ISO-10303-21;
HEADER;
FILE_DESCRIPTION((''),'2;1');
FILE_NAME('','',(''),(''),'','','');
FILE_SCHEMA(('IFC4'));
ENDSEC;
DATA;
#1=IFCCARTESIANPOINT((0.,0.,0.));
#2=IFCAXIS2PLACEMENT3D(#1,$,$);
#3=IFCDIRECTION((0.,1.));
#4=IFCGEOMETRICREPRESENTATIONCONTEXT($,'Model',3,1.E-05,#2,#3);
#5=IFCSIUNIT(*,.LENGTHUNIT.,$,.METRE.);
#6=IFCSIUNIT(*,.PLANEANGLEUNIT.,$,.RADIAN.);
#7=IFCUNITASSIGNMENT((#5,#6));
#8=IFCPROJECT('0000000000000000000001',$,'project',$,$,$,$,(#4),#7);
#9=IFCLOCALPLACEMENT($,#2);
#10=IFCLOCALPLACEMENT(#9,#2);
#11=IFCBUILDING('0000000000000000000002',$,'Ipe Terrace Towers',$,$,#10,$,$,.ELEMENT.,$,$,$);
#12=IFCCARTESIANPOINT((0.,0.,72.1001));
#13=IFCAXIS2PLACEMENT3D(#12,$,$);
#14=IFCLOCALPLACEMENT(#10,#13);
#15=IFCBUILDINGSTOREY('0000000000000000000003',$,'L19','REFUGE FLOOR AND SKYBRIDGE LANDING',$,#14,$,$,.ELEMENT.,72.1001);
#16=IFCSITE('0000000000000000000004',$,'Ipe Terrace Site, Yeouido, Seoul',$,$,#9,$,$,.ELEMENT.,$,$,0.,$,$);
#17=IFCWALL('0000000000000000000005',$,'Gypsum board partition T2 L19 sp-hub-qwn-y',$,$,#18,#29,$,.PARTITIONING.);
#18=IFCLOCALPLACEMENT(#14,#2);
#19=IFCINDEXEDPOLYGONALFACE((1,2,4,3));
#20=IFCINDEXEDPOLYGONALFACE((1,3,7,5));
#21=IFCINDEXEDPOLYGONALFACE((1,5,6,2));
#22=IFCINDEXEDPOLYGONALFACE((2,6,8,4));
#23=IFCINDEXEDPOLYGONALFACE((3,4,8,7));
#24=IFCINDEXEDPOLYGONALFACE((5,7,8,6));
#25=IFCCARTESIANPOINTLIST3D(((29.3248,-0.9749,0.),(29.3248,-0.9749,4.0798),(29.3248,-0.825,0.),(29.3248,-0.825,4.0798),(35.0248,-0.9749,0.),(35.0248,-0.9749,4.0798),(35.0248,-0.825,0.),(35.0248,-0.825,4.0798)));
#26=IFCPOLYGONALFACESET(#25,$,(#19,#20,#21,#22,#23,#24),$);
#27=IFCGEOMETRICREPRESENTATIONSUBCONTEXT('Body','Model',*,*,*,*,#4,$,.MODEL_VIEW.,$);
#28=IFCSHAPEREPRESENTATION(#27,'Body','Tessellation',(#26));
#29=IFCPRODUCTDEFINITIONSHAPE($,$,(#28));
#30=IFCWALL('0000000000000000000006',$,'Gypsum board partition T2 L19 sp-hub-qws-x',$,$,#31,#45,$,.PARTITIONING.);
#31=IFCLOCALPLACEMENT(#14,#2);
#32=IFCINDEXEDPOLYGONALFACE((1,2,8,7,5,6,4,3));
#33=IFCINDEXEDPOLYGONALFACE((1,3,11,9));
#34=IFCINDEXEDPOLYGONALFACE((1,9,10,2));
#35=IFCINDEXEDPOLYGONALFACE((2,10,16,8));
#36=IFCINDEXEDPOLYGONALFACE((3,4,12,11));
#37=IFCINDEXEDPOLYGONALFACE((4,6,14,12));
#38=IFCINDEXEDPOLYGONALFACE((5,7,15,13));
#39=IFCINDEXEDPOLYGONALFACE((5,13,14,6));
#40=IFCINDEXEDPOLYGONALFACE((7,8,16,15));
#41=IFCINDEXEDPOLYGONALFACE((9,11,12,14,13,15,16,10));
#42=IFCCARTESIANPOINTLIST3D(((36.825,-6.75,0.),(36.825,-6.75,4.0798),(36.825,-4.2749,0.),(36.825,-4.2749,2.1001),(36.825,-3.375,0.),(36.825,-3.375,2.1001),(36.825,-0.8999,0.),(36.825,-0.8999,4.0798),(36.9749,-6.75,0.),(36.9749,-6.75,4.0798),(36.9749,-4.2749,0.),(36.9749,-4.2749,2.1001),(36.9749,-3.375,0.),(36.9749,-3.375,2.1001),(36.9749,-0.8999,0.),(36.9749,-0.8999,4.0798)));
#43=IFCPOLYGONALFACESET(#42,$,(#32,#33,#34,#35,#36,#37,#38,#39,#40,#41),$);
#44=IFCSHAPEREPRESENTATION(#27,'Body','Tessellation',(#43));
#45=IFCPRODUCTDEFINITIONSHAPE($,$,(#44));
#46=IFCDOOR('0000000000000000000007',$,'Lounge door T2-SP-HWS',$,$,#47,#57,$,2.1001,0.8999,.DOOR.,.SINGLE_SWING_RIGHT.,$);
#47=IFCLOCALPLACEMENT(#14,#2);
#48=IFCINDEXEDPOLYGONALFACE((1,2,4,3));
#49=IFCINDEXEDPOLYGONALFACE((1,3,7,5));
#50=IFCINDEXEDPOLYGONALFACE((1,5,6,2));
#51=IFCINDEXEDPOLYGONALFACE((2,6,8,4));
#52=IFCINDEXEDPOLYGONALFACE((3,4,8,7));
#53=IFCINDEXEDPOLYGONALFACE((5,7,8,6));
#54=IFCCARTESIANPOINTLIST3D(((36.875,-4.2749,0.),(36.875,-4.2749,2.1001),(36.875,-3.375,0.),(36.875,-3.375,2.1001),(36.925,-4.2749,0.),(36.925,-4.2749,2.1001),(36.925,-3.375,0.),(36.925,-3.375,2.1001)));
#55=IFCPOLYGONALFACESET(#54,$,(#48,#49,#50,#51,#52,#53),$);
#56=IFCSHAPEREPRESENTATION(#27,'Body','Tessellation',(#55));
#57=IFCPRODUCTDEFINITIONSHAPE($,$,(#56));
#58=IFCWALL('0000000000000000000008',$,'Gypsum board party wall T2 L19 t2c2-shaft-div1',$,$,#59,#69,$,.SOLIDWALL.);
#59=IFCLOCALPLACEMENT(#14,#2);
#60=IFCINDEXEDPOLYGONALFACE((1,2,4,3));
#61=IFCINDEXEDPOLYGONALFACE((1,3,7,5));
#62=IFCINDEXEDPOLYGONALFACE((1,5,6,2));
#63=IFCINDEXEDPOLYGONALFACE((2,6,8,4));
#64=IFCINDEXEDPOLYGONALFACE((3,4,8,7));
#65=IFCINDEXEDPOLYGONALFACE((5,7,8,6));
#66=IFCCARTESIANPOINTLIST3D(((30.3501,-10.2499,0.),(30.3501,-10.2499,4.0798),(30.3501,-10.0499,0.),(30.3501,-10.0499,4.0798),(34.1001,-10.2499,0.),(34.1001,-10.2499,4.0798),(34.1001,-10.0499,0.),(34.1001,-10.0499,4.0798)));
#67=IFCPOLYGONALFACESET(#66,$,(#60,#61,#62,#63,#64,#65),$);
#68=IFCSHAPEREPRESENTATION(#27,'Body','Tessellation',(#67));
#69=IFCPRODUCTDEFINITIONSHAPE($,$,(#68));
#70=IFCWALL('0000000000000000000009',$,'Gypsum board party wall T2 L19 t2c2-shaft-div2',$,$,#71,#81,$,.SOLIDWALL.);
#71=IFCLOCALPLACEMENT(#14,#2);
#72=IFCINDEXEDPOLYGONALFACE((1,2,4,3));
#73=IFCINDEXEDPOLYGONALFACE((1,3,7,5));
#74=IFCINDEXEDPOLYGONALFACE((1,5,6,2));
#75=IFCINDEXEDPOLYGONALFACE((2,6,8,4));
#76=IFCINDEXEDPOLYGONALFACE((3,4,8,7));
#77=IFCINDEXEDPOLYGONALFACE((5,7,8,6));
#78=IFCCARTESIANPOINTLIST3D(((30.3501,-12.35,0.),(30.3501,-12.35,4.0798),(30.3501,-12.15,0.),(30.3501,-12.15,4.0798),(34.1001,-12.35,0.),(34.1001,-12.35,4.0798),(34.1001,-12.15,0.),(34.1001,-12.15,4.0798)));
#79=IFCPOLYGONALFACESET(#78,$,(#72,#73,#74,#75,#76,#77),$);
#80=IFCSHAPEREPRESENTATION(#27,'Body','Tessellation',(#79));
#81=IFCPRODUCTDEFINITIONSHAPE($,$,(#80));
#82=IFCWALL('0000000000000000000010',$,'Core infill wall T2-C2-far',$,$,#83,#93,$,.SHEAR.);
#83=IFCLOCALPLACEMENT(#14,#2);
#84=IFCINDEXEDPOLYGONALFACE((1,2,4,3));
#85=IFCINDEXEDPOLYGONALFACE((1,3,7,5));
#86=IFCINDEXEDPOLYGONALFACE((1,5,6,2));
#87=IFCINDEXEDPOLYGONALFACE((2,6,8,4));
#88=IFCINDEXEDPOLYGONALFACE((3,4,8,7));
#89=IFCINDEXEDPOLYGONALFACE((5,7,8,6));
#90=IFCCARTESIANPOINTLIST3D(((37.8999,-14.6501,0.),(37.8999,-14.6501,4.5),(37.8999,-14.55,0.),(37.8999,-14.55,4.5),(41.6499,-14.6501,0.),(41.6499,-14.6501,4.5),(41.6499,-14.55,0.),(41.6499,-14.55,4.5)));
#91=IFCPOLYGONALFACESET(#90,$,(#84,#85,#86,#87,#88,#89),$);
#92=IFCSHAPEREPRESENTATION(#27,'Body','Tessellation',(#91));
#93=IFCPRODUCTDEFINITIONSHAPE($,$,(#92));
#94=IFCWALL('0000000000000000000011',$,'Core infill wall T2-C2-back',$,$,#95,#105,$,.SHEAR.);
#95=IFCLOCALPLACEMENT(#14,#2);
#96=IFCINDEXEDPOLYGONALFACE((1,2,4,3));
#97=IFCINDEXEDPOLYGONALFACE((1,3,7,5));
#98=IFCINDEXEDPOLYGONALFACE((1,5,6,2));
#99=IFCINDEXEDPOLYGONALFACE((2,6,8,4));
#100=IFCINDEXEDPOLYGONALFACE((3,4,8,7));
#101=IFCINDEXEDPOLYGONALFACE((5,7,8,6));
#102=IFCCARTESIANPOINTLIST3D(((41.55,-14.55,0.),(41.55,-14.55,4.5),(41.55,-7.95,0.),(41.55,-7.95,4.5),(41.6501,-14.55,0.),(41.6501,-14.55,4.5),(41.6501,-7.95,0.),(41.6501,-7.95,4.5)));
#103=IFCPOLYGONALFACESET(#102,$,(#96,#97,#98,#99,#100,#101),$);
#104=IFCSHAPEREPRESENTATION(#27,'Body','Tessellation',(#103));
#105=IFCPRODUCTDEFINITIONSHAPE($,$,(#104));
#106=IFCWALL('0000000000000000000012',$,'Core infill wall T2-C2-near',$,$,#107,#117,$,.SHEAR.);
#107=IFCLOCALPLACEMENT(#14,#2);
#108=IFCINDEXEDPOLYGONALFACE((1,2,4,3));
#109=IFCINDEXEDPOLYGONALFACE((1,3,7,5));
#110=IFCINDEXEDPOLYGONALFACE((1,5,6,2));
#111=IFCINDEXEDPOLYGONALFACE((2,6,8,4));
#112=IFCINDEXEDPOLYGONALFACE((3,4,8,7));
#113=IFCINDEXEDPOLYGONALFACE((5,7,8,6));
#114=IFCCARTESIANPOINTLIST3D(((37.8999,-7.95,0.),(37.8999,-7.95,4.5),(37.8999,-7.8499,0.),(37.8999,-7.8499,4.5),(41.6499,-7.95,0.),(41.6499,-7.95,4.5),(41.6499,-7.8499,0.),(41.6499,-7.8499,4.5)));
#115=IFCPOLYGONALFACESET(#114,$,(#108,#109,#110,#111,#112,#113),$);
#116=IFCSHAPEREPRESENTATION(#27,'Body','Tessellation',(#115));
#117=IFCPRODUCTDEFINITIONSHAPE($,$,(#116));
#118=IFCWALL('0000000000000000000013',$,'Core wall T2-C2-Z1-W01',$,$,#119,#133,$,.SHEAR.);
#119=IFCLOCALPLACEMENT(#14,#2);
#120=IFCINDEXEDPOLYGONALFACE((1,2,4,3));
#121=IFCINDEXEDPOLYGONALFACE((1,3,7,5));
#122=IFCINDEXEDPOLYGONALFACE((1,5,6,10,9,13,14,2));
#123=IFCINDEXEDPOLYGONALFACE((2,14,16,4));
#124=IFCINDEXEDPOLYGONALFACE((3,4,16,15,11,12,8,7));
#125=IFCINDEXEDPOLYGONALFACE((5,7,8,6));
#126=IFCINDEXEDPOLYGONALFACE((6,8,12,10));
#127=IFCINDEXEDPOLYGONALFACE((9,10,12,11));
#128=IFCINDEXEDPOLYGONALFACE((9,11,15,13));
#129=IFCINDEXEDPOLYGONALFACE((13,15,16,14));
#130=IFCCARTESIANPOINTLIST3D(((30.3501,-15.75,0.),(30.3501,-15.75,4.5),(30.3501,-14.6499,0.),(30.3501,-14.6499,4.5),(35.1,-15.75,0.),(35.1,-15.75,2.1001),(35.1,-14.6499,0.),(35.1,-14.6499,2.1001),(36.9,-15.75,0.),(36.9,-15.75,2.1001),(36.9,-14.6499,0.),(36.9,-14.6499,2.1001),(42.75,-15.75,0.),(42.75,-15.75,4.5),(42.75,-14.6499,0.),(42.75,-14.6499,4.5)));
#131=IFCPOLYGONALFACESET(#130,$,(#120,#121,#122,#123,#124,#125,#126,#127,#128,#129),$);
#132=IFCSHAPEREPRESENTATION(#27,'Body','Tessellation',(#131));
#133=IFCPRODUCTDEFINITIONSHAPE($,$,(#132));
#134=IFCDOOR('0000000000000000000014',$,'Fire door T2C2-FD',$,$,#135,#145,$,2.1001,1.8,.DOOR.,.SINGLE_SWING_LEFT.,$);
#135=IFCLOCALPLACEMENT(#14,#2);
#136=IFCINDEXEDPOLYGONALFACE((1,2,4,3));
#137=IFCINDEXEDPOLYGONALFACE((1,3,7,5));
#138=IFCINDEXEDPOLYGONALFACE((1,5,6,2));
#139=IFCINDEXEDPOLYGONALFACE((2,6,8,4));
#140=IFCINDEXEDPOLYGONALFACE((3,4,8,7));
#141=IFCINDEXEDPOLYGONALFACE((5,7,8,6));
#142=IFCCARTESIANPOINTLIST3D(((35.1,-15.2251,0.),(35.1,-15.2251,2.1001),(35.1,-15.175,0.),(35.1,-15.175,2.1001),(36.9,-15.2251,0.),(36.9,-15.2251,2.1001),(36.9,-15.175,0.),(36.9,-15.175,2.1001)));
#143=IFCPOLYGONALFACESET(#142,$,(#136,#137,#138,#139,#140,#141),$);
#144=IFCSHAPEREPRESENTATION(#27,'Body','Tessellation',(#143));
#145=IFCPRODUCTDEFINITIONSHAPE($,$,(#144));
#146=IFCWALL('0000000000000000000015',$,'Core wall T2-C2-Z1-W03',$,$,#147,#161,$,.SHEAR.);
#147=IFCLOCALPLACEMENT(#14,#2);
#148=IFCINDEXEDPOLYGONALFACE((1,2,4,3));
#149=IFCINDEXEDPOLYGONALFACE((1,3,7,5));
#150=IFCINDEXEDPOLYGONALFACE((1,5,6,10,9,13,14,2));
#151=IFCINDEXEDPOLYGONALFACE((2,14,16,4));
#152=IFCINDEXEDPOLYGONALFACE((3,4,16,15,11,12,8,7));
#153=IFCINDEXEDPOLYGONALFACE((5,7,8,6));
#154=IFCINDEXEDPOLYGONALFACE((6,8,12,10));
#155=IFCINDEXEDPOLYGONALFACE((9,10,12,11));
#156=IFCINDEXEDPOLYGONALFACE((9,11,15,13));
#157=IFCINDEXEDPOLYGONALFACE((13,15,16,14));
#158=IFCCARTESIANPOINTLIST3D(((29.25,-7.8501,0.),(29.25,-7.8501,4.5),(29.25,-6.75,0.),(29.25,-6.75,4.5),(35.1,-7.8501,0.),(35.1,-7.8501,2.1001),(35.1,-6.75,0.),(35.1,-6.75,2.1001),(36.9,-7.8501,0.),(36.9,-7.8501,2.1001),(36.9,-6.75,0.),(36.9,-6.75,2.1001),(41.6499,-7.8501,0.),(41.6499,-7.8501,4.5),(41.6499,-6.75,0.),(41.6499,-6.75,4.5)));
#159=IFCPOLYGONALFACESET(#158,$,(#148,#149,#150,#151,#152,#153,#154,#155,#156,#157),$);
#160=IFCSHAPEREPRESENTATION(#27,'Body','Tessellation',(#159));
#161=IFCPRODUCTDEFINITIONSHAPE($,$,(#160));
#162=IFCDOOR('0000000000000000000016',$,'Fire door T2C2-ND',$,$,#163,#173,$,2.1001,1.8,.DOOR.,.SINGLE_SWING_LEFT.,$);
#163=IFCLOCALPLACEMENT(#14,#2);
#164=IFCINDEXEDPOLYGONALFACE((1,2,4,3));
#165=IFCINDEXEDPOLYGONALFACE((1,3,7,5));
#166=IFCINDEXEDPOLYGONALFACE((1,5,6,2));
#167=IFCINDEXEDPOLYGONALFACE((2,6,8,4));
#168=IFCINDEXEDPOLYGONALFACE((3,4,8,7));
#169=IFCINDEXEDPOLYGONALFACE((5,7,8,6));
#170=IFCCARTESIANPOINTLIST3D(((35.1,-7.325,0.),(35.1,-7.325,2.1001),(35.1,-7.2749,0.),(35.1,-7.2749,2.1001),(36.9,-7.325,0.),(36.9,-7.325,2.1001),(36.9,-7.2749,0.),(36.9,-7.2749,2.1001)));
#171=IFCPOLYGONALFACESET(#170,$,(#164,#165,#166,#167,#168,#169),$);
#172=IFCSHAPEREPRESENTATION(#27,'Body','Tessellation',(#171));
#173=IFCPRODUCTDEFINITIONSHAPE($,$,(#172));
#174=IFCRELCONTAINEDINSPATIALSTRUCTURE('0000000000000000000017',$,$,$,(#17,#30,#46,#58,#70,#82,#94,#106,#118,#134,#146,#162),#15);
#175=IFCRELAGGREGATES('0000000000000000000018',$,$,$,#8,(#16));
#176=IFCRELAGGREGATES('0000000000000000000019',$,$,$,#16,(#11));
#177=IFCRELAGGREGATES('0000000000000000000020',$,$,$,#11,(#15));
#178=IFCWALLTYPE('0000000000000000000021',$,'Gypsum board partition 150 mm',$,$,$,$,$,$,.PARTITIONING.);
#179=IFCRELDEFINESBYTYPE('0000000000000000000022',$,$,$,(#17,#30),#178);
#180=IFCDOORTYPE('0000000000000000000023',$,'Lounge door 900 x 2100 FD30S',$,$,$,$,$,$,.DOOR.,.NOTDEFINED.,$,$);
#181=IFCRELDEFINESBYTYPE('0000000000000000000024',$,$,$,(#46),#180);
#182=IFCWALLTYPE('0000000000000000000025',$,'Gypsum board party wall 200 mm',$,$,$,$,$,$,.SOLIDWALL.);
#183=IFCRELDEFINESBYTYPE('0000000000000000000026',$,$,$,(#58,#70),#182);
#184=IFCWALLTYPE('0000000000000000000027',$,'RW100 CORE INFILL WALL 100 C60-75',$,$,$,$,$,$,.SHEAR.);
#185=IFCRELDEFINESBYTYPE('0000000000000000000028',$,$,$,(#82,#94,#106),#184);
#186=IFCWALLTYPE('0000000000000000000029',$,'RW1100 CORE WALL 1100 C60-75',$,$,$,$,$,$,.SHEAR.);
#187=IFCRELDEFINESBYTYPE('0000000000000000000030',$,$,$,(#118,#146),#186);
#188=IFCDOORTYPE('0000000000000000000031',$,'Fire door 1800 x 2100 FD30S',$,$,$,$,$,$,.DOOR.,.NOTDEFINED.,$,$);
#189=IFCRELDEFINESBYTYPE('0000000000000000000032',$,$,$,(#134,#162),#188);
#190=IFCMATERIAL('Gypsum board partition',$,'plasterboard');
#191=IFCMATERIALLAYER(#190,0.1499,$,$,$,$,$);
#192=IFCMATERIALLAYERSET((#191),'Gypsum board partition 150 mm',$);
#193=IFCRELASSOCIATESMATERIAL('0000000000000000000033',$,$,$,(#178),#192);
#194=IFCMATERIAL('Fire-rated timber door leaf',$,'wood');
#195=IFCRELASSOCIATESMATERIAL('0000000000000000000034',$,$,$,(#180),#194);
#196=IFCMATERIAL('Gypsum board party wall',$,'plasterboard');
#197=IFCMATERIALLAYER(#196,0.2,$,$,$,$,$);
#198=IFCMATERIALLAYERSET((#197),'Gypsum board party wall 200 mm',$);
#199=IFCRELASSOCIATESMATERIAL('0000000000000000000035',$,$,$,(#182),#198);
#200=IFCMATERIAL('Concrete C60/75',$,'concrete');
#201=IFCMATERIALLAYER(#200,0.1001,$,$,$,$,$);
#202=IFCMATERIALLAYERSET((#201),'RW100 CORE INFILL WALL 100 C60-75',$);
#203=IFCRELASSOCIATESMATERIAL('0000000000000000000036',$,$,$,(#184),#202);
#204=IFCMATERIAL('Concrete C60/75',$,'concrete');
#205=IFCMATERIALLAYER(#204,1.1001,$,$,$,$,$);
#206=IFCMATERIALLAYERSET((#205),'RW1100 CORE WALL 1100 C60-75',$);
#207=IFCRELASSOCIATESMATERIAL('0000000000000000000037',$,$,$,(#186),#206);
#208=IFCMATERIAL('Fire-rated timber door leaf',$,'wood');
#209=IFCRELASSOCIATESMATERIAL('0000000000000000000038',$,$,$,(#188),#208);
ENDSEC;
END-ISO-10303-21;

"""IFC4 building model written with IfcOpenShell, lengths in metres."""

from ifc_helpers import new_model, si_unit, direction, frame, frame_2d, origin, place, context, subcontext, project, spatial, rectangle, extrude, material, layer, layer_set, type_object, element, fill, save


model = new_model("IFC4")

# Units and contexts
model_context = context("Model", 3, precision=1e-05, world=origin(), true_north=direction((0.0, 1.0)))
body_context = subcontext(model_context, "Body", "Model", "MODEL_VIEW")
ifc_project = project(units=[si_unit("LENGTHUNIT", "METRE"), si_unit("PLANEANGLEUNIT", "RADIAN")], contexts=[model_context])

# Site, building, storey
site_placement = place(None, origin())
site = spatial("IfcSite", under=ifc_project, at=site_placement, Name="Ipe Terrace Site, Yeouido, Seoul", CompositionType="ELEMENT", RefElevation=0.0)
building_placement = place(site_placement, origin())
building = spatial("IfcBuilding", under=site, at=building_placement, Name="Ipe Terrace Towers", CompositionType="ELEMENT")
storey_placement = place(building_placement, frame((0.0, 0.0, 72.1001)))
storey = spatial("IfcBuildingStorey", under=building, at=storey_placement, Name="L19", Description="REFUGE FLOOR AND SKYBRIDGE LANDING", CompositionType="ELEMENT", Elevation=72.1001)

# Shared definitions
ifc_material_1 = material(Name="Gypsum board partition", Category="plasterboard")
ifc_layer_1 = layer(ifc_material_1, 0.1499)
ifc_layer_set_1 = layer_set([ifc_layer_1], Name="Gypsum board partition 150 mm")
wall_type_1 = type_object("IfcWallType", Name="Gypsum board partition 150 mm", PredefinedType="PARTITIONING", material=ifc_layer_set_1)
ifc_material_2 = material(Name="Fire-rated timber door leaf", Category="wood")
door_type_1 = type_object("IfcDoorType", Name="Lounge door 900 x 2100 FD30S", OperationType="NOTDEFINED", PredefinedType="DOOR", material=ifc_material_2)

# Wall
wall_1_placement = place(storey_placement, frame((35.0249, -0.8999, 0.0), z_axis=(0.0, 0.0, 1.0), x_axis=(-1.0, 0.0, 0.0)))
element("IfcWall", 1, at=wall_1_placement, inside=storey, type_object=wall_type_1, Name="Gypsum board partition T2 L19 sp-hub-qwn-y", PredefinedType="PARTITIONING", context=body_context, shape_type="SweptSolid", body=[
    extrude(rectangle(XDim=5.7, YDim=0.1499, at=frame_2d((2.8501, 0.0))), origin(), (0.0, 0.0, 1.0), 4.0798),
])

# Wall, opening, door
wall_2_placement = place(storey_placement, frame((36.8999, -6.75, 0.0), z_axis=(0.0, 0.0, 1.0), x_axis=(0.0, 1.0, 0.0)))
wall_2 = element("IfcWall", 2, at=wall_2_placement, inside=storey, type_object=wall_type_1, Name="Gypsum board partition T2 L19 sp-hub-qws-x", PredefinedType="PARTITIONING", context=body_context, shape_type="SweptSolid", body=[
    extrude(rectangle(XDim=5.8501, YDim=0.1499, at=frame_2d((2.925, 0.0))), origin(), (0.0, 0.0, 1.0), 4.0798),
])
opening_1_placement = place(wall_2_placement, frame((2.4751, 0.0, 0.0)))
opening_1 = element("IfcOpeningElement", 3, at=opening_1_placement, cuts=wall_2, PredefinedType="OPENING", context=body_context, shape_type="SweptSolid", body=[
    extrude(rectangle(XDim=0.8999, YDim=2.1001, at=frame_2d((0.45, 1.05))), frame((0.0, 0.085, 0.0), z_axis=(0.0, -1.0, 0.0), x_axis=(1.0, 0.0, 0.0)), (0.0, 0.0, 1.0), 0.1699),
])
door_1_placement = place(opening_1_placement, origin())
door_1 = element("IfcDoor", 4, at=door_1_placement, inside=storey, type_object=door_type_1, Name="Lounge door T2-SP-HWS", OperationType="SINGLE_SWING_RIGHT", OverallHeight=2.1001, OverallWidth=0.8999, PredefinedType="DOOR", context=body_context, shape_type="SweptSolid", body=[
    extrude(rectangle(XDim=0.8999, YDim=2.1001, at=frame_2d((0.45, 1.05))), frame((0.0, 0.0249, 0.0), z_axis=(0.0, -1.0, 0.0), x_axis=(1.0, 0.0, 0.0)), (0.0, 0.0, 1.0), 0.05),
])
fill(opening_1, door_1)

# Walls
ifc_material_3 = material(Name="Gypsum board party wall", Category="plasterboard")
ifc_layer_2 = layer(ifc_material_3, 0.2)
ifc_layer_set_2 = layer_set([ifc_layer_2], Name="Gypsum board party wall 200 mm")
wall_type_2 = type_object("IfcWallType", Name="Gypsum board party wall 200 mm", PredefinedType="SOLIDWALL", material=ifc_layer_set_2)
for number, where, z_axis, x_axis, name in (
    (5, (30.3501, -10.1499, 0.0), (0.0, 0.0, 1.0), (1.0, 0.0, 0.0), "Gypsum board party wall T2 L19 t2c2-shaft-div1"),
    (6, (30.3501, -12.25, 0.0), (0.0, 0.0, 1.0), (1.0, 0.0, 0.0), "Gypsum board party wall T2 L19 t2c2-shaft-div2"),
):
    element("IfcWall", number, at=place(storey_placement, frame(where, z_axis=z_axis, x_axis=x_axis)), inside=storey, type_object=wall_type_2, Name=name, PredefinedType="SOLIDWALL", context=body_context, shape_type="SweptSolid", body=[
        extrude(rectangle(XDim=3.75, YDim=0.2, at=frame_2d((1.875, 0.0))), origin(), (0.0, 0.0, 1.0), 4.0798),
    ])
ifc_material_4 = material(Name="Concrete C60/75", Category="concrete")
ifc_layer_3 = layer(ifc_material_4, 0.1001)
ifc_layer_set_3 = layer_set([ifc_layer_3], Name="RW100 CORE INFILL WALL 100 C60-75")
wall_type_3 = type_object("IfcWallType", Name="RW100 CORE INFILL WALL 100 C60-75", PredefinedType="SHEAR", material=ifc_layer_set_3)
wall_3_placement = place(storey_placement, frame((37.8999, -14.6001, 0.0), z_axis=(0.0, 0.0, 1.0), x_axis=(1.0, 0.0, 0.0)))
element("IfcWall", 7, at=wall_3_placement, inside=storey, type_object=wall_type_3, Name="Core infill wall T2-C2-far", PredefinedType="SHEAR", context=body_context, shape_type="SweptSolid", body=[
    extrude(rectangle(XDim=3.75, YDim=0.1001, at=frame_2d((1.875, 0.0))), origin(), (0.0, 0.0, 1.0), 4.5),
])
wall_4_placement = place(storey_placement, frame((41.6001, -7.95, 0.0), z_axis=(0.0, 0.0, 1.0), x_axis=(0.0, -1.0, 0.0)))
element("IfcWall", 8, at=wall_4_placement, inside=storey, type_object=wall_type_3, Name="Core infill wall T2-C2-back", PredefinedType="SHEAR", context=body_context, shape_type="SweptSolid", body=[
    extrude(rectangle(XDim=6.6001, YDim=0.1001, at=frame_2d((3.3, 0.0))), origin(), (0.0, 0.0, 1.0), 4.5),
])
wall_5_placement = place(storey_placement, frame((37.8999, -7.8999, 0.0), z_axis=(0.0, 0.0, 1.0), x_axis=(1.0, 0.0, 0.0)))
element("IfcWall", 9, at=wall_5_placement, inside=storey, type_object=wall_type_3, Name="Core infill wall T2-C2-near", PredefinedType="SHEAR", context=body_context, shape_type="SweptSolid", body=[
    extrude(rectangle(XDim=3.75, YDim=0.1001, at=frame_2d((1.875, 0.0))), origin(), (0.0, 0.0, 1.0), 4.5),
])

# Walls, openings, doors
ifc_material_5 = material(Name="Concrete C60/75", Category="concrete")
ifc_layer_4 = layer(ifc_material_5, 1.1001)
ifc_layer_set_4 = layer_set([ifc_layer_4], Name="RW1100 CORE WALL 1100 C60-75")
wall_type_4 = type_object("IfcWallType", Name="RW1100 CORE WALL 1100 C60-75", PredefinedType="SHEAR", material=ifc_layer_set_4)
wall_6_placement = place(storey_placement, frame((30.3501, -15.2, 0.0), z_axis=(0.0, 0.0, 1.0), x_axis=(1.0, 0.0, 0.0)))
wall_6 = element("IfcWall", 10, at=wall_6_placement, inside=storey, type_object=wall_type_4, Name="Core wall T2-C2-Z1-W01", PredefinedType="SHEAR", context=body_context, shape_type="SweptSolid", body=[
    extrude(rectangle(XDim=12.3999, YDim=1.1001, at=frame_2d((6.2, 0.0))), origin(), (0.0, 0.0, 1.0), 4.5),
])
opening_2_placement = place(wall_6_placement, frame((4.75, 0.0, 0.0)))
opening_2 = element("IfcOpeningElement", 11, at=opening_2_placement, cuts=wall_6, PredefinedType="OPENING", context=body_context, shape_type="SweptSolid", body=[
    extrude(rectangle(XDim=1.8, YDim=2.1001, at=frame_2d((0.8999, 1.05))), frame((0.0, 0.5601, 0.0), z_axis=(0.0, -1.0, 0.0), x_axis=(1.0, 0.0, 0.0)), (0.0, 0.0, 1.0), 1.1201),
])
ifc_material_6 = material(Name="Fire-rated timber door leaf", Category="wood")
door_type_2 = type_object("IfcDoorType", Name="Fire door 1800 x 2100 FD30S", OperationType="NOTDEFINED", PredefinedType="DOOR", material=ifc_material_6)
door_2_placement = place(opening_2_placement, origin())
door_2 = element("IfcDoor", 12, at=door_2_placement, inside=storey, type_object=door_type_2, Name="Fire door T2C2-FD", OperationType="SINGLE_SWING_LEFT", OverallHeight=2.1001, OverallWidth=1.8, PredefinedType="DOOR", context=body_context, shape_type="SweptSolid", body=[
    extrude(rectangle(XDim=1.8, YDim=2.1001, at=frame_2d((0.8999, 1.05))), frame((0.0, 0.0249, 0.0), z_axis=(0.0, -1.0, 0.0), x_axis=(1.0, 0.0, 0.0)), (0.0, 0.0, 1.0), 0.05),
])
fill(opening_2, door_2)
wall_7_placement = place(storey_placement, frame((41.6499, -7.3, 0.0), z_axis=(0.0, 0.0, 1.0), x_axis=(-1.0, 0.0, 0.0)))
wall_7 = element("IfcWall", 13, at=wall_7_placement, inside=storey, type_object=wall_type_4, Name="Core wall T2-C2-Z1-W03", PredefinedType="SHEAR", context=body_context, shape_type="SweptSolid", body=[
    extrude(rectangle(XDim=12.3999, YDim=1.1001, at=frame_2d((6.2, 0.0))), origin(), (0.0, 0.0, 1.0), 4.5),
])
opening_3_placement = place(wall_7_placement, frame((4.75, 0.0, 0.0)))
opening_3 = element("IfcOpeningElement", 14, at=opening_3_placement, cuts=wall_7, PredefinedType="OPENING", context=body_context, shape_type="SweptSolid", body=[
    extrude(rectangle(XDim=1.8, YDim=2.1001, at=frame_2d((0.8999, 1.05))), frame((0.0, 0.5601, 0.0), z_axis=(0.0, -1.0, 0.0), x_axis=(1.0, 0.0, 0.0)), (0.0, 0.0, 1.0), 1.1201),
])
door_3_placement = place(opening_3_placement, origin())
door_3 = element("IfcDoor", 15, at=door_3_placement, inside=storey, type_object=door_type_2, Name="Fire door T2C2-ND", OperationType="SINGLE_SWING_LEFT", OverallHeight=2.1001, OverallWidth=1.8, PredefinedType="DOOR", context=body_context, shape_type="SweptSolid", body=[
    extrude(rectangle(XDim=1.8, YDim=2.1001, at=frame_2d((0.8999, 1.05))), frame((0.0, 0.0249, 0.0), z_axis=(0.0, -1.0, 0.0), x_axis=(1.0, 0.0, 0.0)), (0.0, 0.0, 1.0), 0.05),
])
fill(opening_3, door_3)

save(model, "model.ifc")
